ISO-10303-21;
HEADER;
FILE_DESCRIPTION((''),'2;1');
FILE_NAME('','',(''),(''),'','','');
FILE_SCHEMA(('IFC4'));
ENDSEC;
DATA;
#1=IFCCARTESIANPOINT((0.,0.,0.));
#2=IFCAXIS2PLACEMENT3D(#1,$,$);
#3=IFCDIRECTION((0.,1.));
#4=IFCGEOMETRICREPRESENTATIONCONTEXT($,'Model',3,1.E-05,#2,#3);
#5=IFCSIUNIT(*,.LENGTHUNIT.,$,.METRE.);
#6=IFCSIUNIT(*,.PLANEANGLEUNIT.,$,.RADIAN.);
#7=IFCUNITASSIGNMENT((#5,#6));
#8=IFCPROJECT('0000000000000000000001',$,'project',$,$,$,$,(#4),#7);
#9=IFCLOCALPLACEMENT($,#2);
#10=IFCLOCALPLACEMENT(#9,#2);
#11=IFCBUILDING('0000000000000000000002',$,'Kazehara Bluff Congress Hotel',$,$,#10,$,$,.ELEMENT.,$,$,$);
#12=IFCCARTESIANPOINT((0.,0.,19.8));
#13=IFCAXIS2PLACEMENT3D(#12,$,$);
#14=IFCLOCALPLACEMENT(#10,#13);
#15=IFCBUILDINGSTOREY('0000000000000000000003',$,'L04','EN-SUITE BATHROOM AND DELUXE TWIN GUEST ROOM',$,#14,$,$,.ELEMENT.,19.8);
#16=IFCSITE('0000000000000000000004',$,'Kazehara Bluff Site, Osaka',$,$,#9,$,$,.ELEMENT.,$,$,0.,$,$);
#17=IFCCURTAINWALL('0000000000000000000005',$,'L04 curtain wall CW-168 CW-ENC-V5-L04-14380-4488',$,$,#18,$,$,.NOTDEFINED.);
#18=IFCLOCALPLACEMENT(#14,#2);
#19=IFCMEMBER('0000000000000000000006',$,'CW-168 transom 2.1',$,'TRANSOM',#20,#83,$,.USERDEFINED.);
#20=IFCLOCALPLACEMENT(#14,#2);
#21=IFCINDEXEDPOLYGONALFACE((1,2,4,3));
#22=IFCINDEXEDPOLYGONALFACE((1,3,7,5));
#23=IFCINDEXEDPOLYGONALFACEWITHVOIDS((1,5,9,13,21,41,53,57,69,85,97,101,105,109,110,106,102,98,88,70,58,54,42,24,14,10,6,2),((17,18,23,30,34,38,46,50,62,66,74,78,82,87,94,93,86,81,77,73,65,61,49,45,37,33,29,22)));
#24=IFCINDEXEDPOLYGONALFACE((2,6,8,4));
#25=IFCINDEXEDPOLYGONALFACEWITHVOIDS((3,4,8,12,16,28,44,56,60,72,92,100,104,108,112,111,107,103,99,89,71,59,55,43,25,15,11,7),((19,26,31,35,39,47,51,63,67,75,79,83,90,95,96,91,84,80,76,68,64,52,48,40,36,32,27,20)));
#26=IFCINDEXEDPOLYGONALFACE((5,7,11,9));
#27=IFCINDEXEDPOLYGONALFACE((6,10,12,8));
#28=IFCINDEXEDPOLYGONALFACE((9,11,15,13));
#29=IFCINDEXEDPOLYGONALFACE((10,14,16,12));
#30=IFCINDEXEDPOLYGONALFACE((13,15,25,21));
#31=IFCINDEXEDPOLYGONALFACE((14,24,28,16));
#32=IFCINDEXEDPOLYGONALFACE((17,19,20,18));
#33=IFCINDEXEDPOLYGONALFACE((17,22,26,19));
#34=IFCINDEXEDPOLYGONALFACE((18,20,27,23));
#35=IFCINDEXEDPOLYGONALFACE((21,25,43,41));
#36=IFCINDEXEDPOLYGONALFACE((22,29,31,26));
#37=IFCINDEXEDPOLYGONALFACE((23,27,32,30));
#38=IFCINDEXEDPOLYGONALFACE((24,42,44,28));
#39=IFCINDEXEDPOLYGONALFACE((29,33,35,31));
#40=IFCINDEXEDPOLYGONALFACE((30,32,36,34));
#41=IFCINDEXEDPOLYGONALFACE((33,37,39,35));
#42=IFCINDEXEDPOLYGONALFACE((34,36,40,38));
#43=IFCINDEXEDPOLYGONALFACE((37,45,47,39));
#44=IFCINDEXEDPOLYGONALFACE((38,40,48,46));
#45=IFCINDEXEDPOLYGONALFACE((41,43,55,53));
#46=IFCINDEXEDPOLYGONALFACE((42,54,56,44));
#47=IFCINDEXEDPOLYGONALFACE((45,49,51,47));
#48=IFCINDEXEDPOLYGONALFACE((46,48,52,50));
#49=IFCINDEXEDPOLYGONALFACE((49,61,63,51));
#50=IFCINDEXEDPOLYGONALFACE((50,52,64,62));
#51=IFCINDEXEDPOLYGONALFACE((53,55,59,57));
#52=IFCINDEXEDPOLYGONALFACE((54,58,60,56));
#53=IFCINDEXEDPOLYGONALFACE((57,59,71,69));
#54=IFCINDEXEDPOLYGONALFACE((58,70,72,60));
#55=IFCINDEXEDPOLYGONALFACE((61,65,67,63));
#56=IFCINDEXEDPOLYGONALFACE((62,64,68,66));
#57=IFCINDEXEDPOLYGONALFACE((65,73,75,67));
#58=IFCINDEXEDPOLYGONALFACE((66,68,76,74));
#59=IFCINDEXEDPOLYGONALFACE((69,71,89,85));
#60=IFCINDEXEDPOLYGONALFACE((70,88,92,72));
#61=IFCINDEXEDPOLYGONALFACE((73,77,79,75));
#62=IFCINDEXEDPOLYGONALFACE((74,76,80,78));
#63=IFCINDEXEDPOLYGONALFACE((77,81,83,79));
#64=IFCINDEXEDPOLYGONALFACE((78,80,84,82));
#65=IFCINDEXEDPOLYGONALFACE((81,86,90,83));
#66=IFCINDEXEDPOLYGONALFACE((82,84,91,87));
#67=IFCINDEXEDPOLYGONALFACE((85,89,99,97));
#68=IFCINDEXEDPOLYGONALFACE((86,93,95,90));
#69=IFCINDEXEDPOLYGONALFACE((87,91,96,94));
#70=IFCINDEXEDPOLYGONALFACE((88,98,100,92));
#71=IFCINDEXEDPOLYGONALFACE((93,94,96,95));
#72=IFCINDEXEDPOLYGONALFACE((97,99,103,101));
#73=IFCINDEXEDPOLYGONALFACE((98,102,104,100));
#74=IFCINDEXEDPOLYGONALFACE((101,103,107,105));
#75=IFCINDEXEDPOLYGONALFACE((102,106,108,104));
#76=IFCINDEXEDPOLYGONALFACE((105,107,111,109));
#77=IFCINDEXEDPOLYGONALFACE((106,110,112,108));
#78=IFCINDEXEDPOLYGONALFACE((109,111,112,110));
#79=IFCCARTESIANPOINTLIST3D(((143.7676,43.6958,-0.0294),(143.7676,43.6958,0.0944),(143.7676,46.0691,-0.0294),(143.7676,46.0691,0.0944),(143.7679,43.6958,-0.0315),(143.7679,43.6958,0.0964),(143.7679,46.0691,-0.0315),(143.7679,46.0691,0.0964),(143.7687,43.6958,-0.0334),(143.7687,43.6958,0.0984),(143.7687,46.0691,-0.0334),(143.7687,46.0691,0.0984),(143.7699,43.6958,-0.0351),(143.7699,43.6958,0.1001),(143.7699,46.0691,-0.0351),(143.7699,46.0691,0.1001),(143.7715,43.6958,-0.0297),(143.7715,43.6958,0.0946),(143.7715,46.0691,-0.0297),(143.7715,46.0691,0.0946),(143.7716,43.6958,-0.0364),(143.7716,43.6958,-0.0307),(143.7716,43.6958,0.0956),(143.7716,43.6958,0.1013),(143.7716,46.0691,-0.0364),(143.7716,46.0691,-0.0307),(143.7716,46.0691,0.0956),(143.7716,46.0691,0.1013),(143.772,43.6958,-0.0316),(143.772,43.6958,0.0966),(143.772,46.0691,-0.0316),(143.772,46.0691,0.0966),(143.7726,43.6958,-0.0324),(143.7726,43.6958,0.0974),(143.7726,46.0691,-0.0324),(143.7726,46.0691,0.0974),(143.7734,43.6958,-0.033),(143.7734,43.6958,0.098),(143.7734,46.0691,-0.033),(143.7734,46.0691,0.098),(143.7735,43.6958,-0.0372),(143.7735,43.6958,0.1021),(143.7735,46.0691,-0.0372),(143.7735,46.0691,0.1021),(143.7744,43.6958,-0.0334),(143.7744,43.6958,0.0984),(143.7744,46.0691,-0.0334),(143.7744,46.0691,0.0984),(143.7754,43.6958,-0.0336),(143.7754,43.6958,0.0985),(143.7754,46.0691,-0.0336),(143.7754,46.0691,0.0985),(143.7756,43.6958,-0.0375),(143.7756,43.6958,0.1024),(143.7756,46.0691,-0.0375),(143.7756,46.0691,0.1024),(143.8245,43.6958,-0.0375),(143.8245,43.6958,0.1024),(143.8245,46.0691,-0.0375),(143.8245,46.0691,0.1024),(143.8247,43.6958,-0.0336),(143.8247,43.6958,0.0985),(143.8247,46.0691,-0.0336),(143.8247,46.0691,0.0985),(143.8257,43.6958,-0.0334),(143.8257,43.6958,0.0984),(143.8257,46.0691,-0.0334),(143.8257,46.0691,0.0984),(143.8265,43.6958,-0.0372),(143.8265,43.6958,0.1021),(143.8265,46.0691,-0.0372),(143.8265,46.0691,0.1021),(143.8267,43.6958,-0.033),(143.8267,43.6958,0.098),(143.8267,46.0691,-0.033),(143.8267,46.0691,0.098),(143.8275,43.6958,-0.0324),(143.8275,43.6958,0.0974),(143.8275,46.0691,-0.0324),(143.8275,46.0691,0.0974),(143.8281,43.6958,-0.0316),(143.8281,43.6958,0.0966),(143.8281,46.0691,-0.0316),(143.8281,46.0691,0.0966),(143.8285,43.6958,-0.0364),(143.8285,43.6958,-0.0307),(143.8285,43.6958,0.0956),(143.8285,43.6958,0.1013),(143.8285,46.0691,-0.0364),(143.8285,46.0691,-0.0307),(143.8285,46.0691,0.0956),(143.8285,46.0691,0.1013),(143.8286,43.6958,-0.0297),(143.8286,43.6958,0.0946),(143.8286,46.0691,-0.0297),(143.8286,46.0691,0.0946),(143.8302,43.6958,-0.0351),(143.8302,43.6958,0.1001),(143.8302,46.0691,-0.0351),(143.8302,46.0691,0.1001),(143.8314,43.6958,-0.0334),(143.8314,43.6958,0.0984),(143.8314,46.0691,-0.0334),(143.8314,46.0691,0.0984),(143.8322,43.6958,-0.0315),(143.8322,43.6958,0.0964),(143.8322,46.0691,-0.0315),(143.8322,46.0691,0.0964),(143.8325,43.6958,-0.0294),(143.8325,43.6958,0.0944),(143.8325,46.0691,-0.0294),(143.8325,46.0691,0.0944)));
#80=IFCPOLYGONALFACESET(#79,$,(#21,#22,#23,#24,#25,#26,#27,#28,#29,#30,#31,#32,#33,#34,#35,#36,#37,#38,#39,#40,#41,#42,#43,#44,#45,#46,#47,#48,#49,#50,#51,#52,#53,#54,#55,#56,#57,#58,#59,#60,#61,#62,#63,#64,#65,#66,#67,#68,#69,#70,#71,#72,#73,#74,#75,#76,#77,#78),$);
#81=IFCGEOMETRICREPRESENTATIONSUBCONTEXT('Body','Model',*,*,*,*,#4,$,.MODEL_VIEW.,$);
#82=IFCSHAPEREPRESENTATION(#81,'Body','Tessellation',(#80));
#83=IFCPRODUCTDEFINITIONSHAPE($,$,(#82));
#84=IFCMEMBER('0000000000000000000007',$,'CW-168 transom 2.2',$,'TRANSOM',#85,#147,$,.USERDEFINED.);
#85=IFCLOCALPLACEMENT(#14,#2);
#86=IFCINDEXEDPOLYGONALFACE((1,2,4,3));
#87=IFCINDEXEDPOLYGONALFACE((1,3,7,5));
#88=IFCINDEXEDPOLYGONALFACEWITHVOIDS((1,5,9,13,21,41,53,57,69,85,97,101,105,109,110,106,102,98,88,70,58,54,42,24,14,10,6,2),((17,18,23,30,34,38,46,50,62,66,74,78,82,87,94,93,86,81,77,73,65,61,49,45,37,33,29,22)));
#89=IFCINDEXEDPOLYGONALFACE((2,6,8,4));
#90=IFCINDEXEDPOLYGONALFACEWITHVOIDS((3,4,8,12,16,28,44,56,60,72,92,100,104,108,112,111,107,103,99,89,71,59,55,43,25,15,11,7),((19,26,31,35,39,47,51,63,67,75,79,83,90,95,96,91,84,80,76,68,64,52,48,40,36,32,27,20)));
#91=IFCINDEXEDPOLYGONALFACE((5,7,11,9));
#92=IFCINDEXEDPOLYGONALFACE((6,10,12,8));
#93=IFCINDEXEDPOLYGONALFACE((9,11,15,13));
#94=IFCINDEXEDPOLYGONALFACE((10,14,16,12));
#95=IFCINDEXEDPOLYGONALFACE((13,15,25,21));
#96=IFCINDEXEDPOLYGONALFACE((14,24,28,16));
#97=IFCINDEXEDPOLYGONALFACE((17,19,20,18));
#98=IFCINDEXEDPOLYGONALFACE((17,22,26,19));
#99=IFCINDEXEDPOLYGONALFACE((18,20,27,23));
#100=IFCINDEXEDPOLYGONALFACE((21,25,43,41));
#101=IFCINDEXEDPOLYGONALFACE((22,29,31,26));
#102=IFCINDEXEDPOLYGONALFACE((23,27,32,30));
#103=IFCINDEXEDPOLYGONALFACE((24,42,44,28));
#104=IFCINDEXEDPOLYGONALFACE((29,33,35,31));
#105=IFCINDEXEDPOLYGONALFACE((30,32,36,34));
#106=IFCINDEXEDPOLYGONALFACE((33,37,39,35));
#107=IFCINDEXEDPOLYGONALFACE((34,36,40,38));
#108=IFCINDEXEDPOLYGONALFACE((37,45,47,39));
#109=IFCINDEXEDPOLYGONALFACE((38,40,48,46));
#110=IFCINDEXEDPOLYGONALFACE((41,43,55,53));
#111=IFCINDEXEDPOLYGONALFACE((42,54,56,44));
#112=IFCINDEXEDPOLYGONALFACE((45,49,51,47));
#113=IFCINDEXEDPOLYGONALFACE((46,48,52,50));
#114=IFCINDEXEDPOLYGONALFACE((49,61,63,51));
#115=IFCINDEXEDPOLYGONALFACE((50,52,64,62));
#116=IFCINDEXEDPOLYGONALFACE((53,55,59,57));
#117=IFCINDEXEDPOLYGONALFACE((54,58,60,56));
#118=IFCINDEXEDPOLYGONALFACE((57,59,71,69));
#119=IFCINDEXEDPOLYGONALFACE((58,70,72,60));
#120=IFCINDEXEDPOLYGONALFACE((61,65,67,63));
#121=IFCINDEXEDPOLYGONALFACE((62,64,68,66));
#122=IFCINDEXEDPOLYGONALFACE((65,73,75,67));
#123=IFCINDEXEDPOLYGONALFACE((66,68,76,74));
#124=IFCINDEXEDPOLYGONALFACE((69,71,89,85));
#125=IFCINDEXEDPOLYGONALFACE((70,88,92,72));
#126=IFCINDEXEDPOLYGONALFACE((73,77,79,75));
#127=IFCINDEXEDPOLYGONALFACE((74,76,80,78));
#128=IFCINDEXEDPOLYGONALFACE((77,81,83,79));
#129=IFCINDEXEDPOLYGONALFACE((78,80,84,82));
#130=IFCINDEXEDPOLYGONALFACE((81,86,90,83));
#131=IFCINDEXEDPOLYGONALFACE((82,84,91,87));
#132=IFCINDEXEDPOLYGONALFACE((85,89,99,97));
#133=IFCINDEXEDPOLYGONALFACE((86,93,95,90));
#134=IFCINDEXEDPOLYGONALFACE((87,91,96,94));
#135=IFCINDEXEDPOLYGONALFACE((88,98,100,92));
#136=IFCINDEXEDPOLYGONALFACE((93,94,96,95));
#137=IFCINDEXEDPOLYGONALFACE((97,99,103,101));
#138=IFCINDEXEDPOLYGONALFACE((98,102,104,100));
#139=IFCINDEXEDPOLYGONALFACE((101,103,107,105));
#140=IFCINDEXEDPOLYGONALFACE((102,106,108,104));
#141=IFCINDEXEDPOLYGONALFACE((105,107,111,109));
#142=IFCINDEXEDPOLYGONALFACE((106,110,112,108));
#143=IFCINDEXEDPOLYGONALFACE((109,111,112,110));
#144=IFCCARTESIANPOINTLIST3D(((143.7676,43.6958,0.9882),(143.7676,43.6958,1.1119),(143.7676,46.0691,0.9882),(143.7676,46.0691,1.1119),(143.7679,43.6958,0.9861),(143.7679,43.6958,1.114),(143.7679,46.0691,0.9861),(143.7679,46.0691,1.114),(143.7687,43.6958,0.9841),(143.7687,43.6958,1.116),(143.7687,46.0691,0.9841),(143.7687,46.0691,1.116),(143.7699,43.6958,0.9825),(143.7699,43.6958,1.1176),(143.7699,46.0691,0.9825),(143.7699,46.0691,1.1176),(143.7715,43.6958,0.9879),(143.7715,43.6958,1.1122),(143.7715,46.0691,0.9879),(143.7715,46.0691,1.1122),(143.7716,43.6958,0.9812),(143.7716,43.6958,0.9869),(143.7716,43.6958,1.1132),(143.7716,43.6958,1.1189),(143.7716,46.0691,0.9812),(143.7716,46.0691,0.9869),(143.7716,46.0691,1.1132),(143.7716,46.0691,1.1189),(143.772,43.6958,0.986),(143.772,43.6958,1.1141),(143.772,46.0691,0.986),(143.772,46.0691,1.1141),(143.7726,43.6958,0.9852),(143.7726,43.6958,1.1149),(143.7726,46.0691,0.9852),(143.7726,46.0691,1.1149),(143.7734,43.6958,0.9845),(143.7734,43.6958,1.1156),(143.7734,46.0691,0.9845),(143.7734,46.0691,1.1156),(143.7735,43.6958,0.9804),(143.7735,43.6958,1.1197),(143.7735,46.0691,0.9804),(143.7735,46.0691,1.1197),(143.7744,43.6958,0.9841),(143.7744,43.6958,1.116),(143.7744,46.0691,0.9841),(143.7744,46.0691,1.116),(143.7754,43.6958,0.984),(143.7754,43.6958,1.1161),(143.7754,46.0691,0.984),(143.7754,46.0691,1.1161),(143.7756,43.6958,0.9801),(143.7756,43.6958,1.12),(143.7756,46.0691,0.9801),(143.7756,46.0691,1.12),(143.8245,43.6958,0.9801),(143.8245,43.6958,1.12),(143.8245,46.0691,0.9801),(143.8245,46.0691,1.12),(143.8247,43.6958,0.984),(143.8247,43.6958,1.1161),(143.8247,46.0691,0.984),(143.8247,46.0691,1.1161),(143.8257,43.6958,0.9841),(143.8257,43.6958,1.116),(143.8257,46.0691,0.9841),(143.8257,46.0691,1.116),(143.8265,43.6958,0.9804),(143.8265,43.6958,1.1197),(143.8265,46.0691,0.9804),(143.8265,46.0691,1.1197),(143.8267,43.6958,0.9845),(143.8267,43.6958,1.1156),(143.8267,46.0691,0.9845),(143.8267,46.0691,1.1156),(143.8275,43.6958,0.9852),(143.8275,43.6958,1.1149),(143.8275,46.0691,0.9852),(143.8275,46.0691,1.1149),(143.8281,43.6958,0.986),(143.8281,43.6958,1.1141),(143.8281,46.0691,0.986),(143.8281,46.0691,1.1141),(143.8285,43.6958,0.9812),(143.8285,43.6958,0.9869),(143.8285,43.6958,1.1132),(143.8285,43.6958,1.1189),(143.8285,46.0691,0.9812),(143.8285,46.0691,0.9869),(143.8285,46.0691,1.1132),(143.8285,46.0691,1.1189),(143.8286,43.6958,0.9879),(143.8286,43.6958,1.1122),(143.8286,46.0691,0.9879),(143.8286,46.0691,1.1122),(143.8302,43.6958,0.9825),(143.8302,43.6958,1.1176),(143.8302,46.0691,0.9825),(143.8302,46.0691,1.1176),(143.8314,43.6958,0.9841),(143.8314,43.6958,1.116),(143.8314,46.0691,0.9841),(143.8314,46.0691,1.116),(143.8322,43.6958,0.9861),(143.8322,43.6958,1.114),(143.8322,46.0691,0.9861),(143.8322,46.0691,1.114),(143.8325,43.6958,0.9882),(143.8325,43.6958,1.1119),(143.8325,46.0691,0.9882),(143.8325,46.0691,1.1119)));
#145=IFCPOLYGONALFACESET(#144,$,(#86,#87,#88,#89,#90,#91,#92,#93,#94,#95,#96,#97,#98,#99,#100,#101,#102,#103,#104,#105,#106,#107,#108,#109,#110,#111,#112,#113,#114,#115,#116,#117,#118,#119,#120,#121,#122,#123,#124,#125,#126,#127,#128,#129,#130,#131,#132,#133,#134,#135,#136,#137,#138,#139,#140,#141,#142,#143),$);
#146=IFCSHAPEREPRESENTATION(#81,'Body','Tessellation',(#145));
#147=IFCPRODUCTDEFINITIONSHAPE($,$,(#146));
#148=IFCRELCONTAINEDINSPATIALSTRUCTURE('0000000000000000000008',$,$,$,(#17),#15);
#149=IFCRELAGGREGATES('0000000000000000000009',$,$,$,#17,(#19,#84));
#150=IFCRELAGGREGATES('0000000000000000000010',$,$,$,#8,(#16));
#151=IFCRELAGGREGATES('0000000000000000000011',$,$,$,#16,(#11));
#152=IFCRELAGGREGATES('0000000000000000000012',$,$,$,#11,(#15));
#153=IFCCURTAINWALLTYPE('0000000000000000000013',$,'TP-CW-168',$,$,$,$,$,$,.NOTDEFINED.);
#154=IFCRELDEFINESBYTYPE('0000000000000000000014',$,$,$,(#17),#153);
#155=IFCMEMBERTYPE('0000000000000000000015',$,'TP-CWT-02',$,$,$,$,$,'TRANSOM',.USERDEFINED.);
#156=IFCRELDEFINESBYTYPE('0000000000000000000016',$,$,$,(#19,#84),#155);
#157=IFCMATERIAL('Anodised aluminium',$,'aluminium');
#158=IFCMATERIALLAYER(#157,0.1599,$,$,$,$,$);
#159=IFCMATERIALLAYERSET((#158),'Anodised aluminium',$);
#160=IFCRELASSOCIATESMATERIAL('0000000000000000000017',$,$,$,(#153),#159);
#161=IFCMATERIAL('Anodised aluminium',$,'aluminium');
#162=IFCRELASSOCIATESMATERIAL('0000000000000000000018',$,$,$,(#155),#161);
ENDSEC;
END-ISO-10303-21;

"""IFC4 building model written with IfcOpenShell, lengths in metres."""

from ifc_helpers import new_model, si_unit, direction, frame, origin, origin_2d, place, context, subcontext, project, spatial, hollow_rectangle, extrude, material, layer, layer_set, material_profile, profile_set, type_object, element, aggregate, save


model = new_model("IFC4")

# Units and contexts
model_context = context("Model", 3, precision=1e-05, world=origin(), true_north=direction((0.0, 1.0)))
body_context = subcontext(model_context, "Body", "Model", "MODEL_VIEW")
ifc_project = project(units=[si_unit("LENGTHUNIT", "METRE"), si_unit("PLANEANGLEUNIT", "RADIAN")], contexts=[model_context])

# Site, building, storey
site_placement = place(None, origin())
site = spatial("IfcSite", under=ifc_project, at=site_placement, Name="Kazehara Bluff Site, Osaka", CompositionType="ELEMENT", RefElevation=0.0)
building_placement = place(site_placement, origin())
building = spatial("IfcBuilding", under=site, at=building_placement, Name="Kazehara Bluff Congress Hotel", CompositionType="ELEMENT")
storey_placement = place(building_placement, frame((0.0, 0.0, 19.8)))
storey = spatial("IfcBuildingStorey", under=building, at=storey_placement, Name="L04", Description="EN-SUITE BATHROOM AND DELUXE TWIN GUEST ROOM", CompositionType="ELEMENT", Elevation=19.8)

# Curtain wall
ifc_material_1 = material(Name="Anodised aluminium", Category="aluminium")
ifc_layer_1 = layer(ifc_material_1, 0.1599)
ifc_layer_set_1 = layer_set([ifc_layer_1], Name="Anodised aluminium")
curtain_wall_type_1 = type_object("IfcCurtainWallType", Name="TP-CW-168", PredefinedType="NOTDEFINED", material=ifc_layer_set_1)
curtain_wall_1_placement = place(storey_placement, origin())
curtain_wall_1 = element("IfcCurtainWall", 1, at=curtain_wall_1_placement, inside=storey, type_object=curtain_wall_type_1, Name="L04 curtain wall CW-168 CW-ENC-V5-L04-14380-4488", PredefinedType="NOTDEFINED")

# Members
ifc_material_2 = material(Name="Anodised aluminium", Category="aluminium")
ifc_material_profile_1 = material_profile(ifc_material_2, hollow_rectangle(XDim=0.0649, YDim=0.1399, WallThickness=0.0039, InnerFilletRadius=0.0039, OuterFilletRadius=0.0081, at=origin_2d()))
ifc_profile_set_1 = profile_set([ifc_material_profile_1], Name="Anodised aluminium")
member_type_1 = type_object("IfcMemberType", Name="TP-CWT-02", ElementType="TRANSOM", PredefinedType="USERDEFINED", material=ifc_profile_set_1)
member_1_placement = place(storey_placement, frame((143.8, 43.6958, 0.0325), z_axis=(0.0, 1.0, 0.0), x_axis=(-1.0, 0.0, 0.0)))
member_1 = element("IfcMember", 2, at=member_1_placement, type_object=member_type_1, Name="CW-168 transom 2.1", ObjectType="TRANSOM", PredefinedType="USERDEFINED", context=body_context, shape_type="SweptSolid", body=[
    extrude(hollow_rectangle(XDim=0.0649, YDim=0.1399, WallThickness=0.0039, InnerFilletRadius=0.0039, OuterFilletRadius=0.0081, at=origin_2d()), origin(), (0.0, 0.0, 1.0), 2.3733),
])
member_2_placement = place(storey_placement, frame((143.8, 43.6958, 1.05), z_axis=(0.0, 1.0, 0.0), x_axis=(-1.0, 0.0, 0.0)))
member_2 = element("IfcMember", 3, at=member_2_placement, type_object=member_type_1, Name="CW-168 transom 2.2", ObjectType="TRANSOM", PredefinedType="USERDEFINED", context=body_context, shape_type="SweptSolid", body=[
    extrude(hollow_rectangle(XDim=0.0649, YDim=0.1399, WallThickness=0.0039, InnerFilletRadius=0.0039, OuterFilletRadius=0.0081, at=origin_2d()), origin(), (0.0, 0.0, 1.0), 2.3733),
])

aggregate(curtain_wall_1, [member_1, member_2])

save(model, "model.ifc")
